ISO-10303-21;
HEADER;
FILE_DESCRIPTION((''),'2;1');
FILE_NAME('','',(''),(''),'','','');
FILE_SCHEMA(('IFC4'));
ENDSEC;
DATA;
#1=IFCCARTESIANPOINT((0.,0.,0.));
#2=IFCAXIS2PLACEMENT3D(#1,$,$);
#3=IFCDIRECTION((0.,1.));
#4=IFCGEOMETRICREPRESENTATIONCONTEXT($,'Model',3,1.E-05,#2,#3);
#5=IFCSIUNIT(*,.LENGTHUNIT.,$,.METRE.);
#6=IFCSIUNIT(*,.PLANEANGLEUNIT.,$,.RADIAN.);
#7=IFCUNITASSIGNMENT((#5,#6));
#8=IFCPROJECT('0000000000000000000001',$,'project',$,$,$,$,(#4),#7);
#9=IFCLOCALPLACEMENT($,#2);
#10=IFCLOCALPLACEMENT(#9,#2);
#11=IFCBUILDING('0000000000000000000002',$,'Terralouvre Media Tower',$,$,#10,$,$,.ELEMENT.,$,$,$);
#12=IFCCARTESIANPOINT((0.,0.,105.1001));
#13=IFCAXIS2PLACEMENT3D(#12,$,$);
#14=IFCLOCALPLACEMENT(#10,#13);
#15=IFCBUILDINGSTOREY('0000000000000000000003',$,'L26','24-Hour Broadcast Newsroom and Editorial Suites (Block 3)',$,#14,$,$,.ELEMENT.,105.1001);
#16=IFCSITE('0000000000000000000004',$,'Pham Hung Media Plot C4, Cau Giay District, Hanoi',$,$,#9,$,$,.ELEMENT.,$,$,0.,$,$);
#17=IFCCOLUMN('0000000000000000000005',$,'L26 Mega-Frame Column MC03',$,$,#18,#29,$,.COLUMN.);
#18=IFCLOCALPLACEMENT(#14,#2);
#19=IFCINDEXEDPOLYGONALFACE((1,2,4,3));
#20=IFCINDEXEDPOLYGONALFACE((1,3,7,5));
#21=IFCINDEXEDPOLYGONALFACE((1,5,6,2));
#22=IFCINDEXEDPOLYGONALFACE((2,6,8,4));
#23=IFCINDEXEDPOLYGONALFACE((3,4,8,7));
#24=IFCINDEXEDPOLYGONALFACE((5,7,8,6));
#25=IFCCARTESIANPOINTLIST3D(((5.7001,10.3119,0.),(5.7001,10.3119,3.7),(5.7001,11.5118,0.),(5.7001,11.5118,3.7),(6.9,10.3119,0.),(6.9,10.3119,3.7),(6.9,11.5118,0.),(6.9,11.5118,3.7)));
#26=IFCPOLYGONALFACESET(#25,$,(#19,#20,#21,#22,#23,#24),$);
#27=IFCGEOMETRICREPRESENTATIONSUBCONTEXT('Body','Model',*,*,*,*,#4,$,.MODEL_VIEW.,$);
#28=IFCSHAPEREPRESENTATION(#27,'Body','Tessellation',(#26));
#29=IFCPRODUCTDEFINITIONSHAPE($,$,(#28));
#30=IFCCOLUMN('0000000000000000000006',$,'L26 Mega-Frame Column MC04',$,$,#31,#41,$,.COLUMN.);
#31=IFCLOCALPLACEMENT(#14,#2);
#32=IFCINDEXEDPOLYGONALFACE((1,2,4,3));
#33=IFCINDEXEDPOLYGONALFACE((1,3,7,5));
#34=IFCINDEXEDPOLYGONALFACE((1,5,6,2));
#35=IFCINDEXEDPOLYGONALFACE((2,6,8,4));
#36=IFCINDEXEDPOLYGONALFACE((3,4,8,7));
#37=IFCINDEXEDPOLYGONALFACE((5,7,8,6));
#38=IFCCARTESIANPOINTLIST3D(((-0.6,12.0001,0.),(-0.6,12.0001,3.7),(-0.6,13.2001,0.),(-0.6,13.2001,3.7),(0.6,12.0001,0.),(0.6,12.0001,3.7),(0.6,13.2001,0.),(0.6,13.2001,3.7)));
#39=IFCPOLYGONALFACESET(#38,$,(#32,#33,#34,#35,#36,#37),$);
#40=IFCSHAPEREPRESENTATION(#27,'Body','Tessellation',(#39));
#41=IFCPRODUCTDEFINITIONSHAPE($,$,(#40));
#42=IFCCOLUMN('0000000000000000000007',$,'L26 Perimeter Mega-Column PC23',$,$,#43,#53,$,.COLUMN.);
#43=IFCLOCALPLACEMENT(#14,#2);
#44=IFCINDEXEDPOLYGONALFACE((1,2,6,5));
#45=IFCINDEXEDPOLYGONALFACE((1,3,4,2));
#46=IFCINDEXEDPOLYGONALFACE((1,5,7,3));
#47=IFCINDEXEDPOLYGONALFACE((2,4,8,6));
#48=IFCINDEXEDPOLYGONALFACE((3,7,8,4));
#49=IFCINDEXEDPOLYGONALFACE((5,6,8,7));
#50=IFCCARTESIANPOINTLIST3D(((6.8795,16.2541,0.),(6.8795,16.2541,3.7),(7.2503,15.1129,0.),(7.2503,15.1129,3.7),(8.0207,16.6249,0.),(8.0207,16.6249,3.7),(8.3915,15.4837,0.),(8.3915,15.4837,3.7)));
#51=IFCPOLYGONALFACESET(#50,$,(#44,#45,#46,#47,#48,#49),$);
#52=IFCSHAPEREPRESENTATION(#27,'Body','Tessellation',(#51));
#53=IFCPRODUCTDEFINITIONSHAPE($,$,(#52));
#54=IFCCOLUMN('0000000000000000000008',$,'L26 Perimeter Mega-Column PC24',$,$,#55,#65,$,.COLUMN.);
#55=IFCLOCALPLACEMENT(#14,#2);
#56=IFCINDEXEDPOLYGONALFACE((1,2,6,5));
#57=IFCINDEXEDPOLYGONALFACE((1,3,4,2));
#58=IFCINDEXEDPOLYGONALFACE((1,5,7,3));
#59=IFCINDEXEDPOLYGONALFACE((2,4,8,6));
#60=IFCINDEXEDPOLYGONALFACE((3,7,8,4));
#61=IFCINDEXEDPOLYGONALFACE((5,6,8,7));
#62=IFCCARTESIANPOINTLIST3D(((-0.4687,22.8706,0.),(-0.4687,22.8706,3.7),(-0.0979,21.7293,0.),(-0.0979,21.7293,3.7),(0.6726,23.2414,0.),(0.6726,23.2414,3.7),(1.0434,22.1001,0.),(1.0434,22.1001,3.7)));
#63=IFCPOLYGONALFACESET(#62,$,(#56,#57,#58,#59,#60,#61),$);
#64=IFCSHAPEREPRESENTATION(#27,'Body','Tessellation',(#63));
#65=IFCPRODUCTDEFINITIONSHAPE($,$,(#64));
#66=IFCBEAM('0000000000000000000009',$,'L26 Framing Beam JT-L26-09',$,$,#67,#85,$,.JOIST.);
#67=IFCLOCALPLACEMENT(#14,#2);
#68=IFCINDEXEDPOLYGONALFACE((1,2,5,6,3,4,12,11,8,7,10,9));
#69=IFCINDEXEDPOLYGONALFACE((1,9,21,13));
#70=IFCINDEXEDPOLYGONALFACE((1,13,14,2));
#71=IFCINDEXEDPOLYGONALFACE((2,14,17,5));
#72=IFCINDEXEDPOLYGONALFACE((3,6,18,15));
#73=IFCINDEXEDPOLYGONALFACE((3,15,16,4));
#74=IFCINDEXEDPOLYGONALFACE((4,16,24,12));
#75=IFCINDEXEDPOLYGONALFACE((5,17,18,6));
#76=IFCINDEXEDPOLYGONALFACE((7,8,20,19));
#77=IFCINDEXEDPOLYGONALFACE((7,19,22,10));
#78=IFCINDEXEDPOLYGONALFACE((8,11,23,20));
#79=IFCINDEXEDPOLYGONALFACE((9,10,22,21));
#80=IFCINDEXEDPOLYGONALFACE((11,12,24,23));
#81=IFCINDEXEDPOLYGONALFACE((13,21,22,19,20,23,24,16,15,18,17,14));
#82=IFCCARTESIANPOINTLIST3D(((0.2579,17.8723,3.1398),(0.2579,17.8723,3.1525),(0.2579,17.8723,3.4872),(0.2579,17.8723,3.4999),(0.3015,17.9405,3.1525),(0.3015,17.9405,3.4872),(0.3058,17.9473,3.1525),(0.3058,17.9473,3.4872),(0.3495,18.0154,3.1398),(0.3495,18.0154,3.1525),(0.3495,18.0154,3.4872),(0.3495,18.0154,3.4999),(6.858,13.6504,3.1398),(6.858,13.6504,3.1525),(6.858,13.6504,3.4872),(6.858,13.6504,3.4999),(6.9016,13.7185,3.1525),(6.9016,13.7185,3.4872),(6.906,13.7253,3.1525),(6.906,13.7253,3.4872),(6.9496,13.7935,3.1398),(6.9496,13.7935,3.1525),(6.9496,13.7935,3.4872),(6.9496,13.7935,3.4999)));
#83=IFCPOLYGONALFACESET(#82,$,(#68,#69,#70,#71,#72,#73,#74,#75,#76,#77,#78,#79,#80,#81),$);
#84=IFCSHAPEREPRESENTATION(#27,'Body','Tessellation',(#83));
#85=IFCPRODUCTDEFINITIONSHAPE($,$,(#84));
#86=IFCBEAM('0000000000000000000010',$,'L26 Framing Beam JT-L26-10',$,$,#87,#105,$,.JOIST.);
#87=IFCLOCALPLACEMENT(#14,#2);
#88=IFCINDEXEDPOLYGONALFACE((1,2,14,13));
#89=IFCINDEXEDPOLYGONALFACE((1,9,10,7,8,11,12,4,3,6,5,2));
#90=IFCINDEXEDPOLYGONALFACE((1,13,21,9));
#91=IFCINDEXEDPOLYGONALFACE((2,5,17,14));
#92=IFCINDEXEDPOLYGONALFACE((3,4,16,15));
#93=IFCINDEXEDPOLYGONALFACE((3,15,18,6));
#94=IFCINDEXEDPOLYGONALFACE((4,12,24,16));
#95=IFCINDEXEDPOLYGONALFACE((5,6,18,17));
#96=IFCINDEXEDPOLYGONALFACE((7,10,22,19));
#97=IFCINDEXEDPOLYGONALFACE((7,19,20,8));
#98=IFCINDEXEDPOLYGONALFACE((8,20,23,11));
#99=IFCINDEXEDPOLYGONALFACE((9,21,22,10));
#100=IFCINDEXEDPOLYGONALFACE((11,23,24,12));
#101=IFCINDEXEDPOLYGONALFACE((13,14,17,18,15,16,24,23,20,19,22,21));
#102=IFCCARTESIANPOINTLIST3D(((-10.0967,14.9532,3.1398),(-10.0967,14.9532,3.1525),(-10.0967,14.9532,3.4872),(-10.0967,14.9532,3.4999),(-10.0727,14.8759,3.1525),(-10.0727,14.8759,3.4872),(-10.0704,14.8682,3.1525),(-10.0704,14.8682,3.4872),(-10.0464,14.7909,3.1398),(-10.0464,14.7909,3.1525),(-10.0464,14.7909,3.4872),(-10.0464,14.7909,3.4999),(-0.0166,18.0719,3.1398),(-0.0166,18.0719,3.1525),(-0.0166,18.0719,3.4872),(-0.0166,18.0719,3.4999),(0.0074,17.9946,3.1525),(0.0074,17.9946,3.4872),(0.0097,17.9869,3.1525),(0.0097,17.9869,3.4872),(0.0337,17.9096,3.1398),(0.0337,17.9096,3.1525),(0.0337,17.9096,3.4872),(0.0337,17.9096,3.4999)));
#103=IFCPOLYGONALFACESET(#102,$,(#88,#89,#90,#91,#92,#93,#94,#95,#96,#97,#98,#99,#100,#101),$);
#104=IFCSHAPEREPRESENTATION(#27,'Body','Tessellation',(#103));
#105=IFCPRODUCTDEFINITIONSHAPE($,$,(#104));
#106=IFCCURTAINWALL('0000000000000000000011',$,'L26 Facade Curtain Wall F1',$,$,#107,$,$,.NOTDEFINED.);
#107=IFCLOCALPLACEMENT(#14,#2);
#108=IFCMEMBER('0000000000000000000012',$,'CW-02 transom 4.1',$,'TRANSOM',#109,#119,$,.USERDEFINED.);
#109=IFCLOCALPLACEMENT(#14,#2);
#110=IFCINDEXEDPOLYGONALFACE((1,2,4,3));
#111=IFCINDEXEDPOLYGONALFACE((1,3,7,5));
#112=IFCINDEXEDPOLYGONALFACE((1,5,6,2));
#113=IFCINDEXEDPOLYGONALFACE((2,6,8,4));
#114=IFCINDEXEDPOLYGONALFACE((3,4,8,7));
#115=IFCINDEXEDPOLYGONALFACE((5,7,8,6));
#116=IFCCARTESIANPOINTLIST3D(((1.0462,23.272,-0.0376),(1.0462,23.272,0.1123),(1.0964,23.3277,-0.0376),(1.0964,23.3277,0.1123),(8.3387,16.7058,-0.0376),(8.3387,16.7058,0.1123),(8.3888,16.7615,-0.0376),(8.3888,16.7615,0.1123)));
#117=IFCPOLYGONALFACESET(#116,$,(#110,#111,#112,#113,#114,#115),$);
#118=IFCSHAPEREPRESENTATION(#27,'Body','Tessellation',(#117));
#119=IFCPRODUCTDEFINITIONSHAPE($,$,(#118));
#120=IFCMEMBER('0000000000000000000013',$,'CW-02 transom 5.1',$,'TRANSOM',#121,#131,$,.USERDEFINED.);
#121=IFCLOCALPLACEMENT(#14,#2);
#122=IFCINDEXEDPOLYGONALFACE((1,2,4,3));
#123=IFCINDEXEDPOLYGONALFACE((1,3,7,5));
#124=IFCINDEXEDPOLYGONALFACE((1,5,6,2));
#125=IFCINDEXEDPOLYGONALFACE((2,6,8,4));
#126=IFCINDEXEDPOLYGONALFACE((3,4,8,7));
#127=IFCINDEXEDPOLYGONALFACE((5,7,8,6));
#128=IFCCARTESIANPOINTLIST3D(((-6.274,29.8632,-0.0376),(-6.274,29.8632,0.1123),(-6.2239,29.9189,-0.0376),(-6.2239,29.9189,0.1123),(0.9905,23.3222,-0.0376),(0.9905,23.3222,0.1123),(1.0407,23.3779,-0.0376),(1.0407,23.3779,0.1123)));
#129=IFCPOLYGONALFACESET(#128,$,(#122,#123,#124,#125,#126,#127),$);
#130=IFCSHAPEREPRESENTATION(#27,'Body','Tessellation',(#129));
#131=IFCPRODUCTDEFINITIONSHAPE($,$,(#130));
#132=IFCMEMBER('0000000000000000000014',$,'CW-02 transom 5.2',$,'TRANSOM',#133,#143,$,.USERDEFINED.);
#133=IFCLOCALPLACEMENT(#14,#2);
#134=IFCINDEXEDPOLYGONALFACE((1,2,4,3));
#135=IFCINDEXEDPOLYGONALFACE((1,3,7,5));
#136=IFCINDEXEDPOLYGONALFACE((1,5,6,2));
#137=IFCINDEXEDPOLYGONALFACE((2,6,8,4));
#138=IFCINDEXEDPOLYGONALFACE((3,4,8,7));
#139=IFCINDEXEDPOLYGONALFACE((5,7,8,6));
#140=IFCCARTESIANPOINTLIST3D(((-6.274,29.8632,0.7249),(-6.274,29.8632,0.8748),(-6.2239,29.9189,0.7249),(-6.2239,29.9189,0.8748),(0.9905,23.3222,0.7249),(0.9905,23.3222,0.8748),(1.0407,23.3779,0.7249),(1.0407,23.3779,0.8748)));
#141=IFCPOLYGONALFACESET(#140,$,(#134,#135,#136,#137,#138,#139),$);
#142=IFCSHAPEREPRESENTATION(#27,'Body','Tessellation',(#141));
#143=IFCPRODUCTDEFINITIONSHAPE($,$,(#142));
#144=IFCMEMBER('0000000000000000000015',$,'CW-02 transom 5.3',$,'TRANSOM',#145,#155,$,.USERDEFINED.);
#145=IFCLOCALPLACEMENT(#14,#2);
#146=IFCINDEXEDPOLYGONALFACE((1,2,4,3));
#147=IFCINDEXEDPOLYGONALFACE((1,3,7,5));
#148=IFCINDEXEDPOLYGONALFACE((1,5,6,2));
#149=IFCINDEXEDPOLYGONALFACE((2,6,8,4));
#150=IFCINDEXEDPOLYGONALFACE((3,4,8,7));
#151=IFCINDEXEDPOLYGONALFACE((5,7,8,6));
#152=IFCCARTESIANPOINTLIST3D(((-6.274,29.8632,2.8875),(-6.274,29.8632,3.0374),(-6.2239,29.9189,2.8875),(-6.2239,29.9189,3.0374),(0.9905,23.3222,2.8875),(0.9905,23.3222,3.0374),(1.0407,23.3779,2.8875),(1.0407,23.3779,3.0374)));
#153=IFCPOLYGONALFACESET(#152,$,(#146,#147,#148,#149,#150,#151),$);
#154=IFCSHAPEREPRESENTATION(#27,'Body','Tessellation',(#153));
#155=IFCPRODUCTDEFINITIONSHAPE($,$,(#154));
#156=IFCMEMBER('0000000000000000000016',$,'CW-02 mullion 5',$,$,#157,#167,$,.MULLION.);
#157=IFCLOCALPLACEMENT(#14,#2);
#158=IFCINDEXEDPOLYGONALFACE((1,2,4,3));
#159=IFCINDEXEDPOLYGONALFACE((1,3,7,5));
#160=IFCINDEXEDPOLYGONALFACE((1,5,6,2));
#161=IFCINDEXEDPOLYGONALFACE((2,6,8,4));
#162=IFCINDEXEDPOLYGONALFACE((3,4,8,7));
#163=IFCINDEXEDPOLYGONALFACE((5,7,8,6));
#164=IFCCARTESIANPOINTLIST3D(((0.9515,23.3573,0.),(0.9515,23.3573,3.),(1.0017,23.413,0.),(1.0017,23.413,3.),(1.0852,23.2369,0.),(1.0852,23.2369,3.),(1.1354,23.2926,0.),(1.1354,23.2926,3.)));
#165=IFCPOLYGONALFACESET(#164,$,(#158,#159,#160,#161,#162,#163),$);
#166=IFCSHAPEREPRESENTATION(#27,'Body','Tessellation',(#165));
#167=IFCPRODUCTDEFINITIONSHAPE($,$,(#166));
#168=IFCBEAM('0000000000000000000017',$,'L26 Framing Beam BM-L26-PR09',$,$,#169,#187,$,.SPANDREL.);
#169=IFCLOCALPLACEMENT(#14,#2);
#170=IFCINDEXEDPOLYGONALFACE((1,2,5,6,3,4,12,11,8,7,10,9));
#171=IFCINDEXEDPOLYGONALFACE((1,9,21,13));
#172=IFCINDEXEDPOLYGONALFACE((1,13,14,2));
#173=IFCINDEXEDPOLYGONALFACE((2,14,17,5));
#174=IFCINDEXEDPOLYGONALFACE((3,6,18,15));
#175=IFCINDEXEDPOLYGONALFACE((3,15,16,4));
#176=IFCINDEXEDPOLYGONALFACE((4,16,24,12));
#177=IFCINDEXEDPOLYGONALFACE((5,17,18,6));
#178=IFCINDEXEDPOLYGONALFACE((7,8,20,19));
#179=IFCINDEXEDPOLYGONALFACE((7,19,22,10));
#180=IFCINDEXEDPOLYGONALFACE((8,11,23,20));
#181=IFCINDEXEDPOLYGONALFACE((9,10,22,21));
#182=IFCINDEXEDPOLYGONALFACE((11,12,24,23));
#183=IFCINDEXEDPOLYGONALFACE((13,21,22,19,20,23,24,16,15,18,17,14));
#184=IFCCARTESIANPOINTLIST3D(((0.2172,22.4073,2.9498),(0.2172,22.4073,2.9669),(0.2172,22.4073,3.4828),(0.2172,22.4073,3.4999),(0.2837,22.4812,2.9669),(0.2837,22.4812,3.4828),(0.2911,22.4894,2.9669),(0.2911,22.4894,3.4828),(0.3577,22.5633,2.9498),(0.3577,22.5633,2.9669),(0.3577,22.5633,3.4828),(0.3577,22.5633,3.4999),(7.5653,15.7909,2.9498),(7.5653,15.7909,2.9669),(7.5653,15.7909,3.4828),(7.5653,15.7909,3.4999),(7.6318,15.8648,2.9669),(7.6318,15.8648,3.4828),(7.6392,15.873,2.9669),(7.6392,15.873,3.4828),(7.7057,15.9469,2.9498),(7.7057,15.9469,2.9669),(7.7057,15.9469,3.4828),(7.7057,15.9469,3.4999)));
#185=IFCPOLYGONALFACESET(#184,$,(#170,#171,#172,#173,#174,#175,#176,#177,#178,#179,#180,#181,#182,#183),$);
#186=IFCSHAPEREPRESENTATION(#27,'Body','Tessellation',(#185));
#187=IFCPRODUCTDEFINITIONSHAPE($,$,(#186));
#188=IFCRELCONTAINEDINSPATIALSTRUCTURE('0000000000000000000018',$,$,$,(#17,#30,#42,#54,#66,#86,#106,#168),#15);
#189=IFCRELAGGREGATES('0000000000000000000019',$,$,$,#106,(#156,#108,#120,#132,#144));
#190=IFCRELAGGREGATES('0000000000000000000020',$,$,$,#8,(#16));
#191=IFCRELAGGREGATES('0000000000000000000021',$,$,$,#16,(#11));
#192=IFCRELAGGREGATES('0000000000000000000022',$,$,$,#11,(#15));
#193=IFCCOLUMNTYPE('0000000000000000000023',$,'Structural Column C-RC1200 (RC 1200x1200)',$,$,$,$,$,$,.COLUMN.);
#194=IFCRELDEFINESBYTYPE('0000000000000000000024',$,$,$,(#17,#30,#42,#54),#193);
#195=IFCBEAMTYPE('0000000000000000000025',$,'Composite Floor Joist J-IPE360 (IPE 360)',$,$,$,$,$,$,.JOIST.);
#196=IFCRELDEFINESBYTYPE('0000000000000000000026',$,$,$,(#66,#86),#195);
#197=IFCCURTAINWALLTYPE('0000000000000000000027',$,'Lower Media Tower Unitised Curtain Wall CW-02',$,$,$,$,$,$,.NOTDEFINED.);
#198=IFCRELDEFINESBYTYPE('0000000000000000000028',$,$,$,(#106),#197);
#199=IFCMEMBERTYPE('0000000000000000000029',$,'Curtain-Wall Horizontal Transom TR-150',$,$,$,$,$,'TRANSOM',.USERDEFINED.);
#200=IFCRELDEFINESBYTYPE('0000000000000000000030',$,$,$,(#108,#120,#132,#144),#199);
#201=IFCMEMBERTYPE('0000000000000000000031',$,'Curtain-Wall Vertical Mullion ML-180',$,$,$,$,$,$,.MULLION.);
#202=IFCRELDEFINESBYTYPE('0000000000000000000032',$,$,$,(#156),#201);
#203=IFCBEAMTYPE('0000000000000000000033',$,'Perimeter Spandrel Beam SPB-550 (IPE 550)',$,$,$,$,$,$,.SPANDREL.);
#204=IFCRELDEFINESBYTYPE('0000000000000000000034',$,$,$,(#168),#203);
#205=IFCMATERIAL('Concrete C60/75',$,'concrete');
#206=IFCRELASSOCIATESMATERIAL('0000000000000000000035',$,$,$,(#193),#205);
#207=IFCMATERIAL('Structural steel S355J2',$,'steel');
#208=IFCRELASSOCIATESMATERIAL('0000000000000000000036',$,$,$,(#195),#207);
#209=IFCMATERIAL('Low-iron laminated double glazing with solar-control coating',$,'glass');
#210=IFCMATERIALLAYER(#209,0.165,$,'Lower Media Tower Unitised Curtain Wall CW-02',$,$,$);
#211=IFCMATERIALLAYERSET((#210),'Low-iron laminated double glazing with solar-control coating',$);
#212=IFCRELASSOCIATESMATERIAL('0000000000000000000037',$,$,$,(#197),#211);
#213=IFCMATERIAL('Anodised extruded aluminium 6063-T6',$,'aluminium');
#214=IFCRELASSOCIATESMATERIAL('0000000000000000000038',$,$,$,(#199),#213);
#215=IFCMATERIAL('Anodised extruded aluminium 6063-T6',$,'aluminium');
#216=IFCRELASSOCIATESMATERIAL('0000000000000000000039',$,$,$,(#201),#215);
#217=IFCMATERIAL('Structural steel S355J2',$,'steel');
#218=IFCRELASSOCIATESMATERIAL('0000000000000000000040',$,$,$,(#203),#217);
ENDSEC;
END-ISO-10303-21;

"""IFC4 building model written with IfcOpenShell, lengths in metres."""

from ifc_helpers import new_model, si_unit, direction, frame, origin, origin_2d, place, context, subcontext, project, spatial, rectangle, i_section, extrude, material, layer, layer_set, material_profile, profile_set, type_object, element, aggregate, save


model = new_model("IFC4")

# Units and contexts
model_context = context("Model", 3, precision=1e-05, world=origin(), true_north=direction((0.0, 1.0)))
body_context = subcontext(model_context, "Body", "Model", "MODEL_VIEW")
ifc_project = project(units=[si_unit("LENGTHUNIT", "METRE"), si_unit("PLANEANGLEUNIT", "RADIAN")], contexts=[model_context])

# Site, building, storey
site_placement = place(None, origin())
site = spatial("IfcSite", under=ifc_project, at=site_placement, Name="Pham Hung Media Plot C4, Cau Giay District, Hanoi", CompositionType="ELEMENT", RefElevation=0.0)
building_placement = place(site_placement, origin())
building = spatial("IfcBuilding", under=site, at=building_placement, Name="Terralouvre Media Tower", CompositionType="ELEMENT")
storey_placement = place(building_placement, frame((0.0, 0.0, 105.1001)))
storey = spatial("IfcBuildingStorey", under=building, at=storey_placement, Name="L26", Description="24-Hour Broadcast Newsroom and Editorial Suites (Block 3)", CompositionType="ELEMENT", Elevation=105.1001)

# Columns
ifc_material_1 = material(Name="Concrete C60/75", Category="concrete")
ifc_material_profile_1 = material_profile(ifc_material_1, rectangle(XDim=1.2, YDim=1.2, at=origin_2d()), Name="RC 1200x1200")
ifc_profile_set_1 = profile_set([ifc_material_profile_1], Name="Concrete C60/75")
column_type = type_object("IfcColumnType", Name="Structural Column C-RC1200 (RC 1200x1200)", PredefinedType="COLUMN", material=ifc_profile_set_1)
for number, where, z_axis, x_axis, name in (
    (1, (6.3, 10.9119, 0.0), (0.0, 0.0, 1.0), (1.0, 0.0, 0.0), "L26 Mega-Frame Column MC03"),
    (2, (0.0, 12.6001, 0.0), (0.0, 0.0, 1.0), (1.0, 0.0, 0.0), "L26 Mega-Frame Column MC04"),
    (3, (7.6355, 15.8689, 0.0), (0.0, 0.0, 1.0), (0.951057, 0.309017, 0.0), "L26 Perimeter Mega-Column PC23"),
    (4, (0.2874, 22.4854, 0.0), (0.0, 0.0, 1.0), (0.951057, 0.309017, 0.0), "L26 Perimeter Mega-Column PC24"),
):
    element("IfcColumn", number, at=place(storey_placement, frame(where, z_axis=z_axis, x_axis=x_axis)), inside=storey, type_object=column_type, Name=name, PredefinedType="COLUMN", context=body_context, shape_type="SweptSolid", body=[
        extrude(rectangle(XDim=1.2, YDim=1.2, at=origin_2d()), origin(), (0.0, 0.0, 1.0), 3.7),
    ])

# Beams
ifc_material_2 = material(Name="Structural steel S355J2", Category="steel")
ifc_material_profile_2 = material_profile(ifc_material_2, i_section(OverallWidth=0.1699, OverallDepth=0.3601, WebThickness=0.0081, FlangeThickness=0.0127, at=origin_2d()), Name="IPE 360")
ifc_profile_set_2 = profile_set([ifc_material_profile_2], Name="Structural steel S355J2")
beam_type_1 = type_object("IfcBeamType", Name="Composite Floor Joist J-IPE360 (IPE 360)", PredefinedType="JOIST", material=ifc_profile_set_2)
beam_1_placement = place(storey_placement, frame((6.9038, 13.7219, 3.3198), z_axis=(-0.842395, 0.53886, 0.0), x_axis=(-0.53886, -0.842395, 0.0)))
element("IfcBeam", 5, at=beam_1_placement, inside=storey, type_object=beam_type_1, Name="L26 Framing Beam JT-L26-09", PredefinedType="JOIST", context=body_context, shape_type="SweptSolid", body=[
    extrude(i_section(OverallWidth=0.1699, OverallDepth=0.3601, WebThickness=0.0081, FlangeThickness=0.0127, at=origin_2d()), origin(), (0.0, 0.0, 1.0), 7.835),
])
beam_2_placement = place(storey_placement, frame((0.0085, 17.9907, 3.3198), z_axis=(-0.955323, -0.295565, 0.0), x_axis=(0.295565, -0.955323, 0.0)))
element("IfcBeam", 6, at=beam_2_placement, inside=storey, type_object=beam_type_1, Name="L26 Framing Beam JT-L26-10", PredefinedType="JOIST", context=body_context, shape_type="SweptSolid", body=[
    extrude(i_section(OverallWidth=0.1699, OverallDepth=0.3601, WebThickness=0.0081, FlangeThickness=0.0127, at=origin_2d()), origin(), (0.0, 0.0, 1.0), 10.5515),
])

# Curtain wall, members
ifc_material_3 = material(Name="Low-iron laminated double glazing with solar-control coating", Category="glass")
ifc_layer_1 = layer(ifc_material_3, 0.165, Name="Lower Media Tower Unitised Curtain Wall CW-02")
ifc_layer_set_1 = layer_set([ifc_layer_1], Name="Low-iron laminated double glazing with solar-control coating")
curtain_wall_type = type_object("IfcCurtainWallType", Name="Lower Media Tower Unitised Curtain Wall CW-02", PredefinedType="NOTDEFINED", material=ifc_layer_set_1)
curtain_wall_placement = place(storey_placement, origin())
curtain_wall = element("IfcCurtainWall", 7, at=curtain_wall_placement, inside=storey, type_object=curtain_wall_type, Name="L26 Facade Curtain Wall F1", PredefinedType="NOTDEFINED")
ifc_material_4 = material(Name="Anodised extruded aluminium 6063-T6", Category="aluminium")
ifc_material_profile_3 = material_profile(ifc_material_4, rectangle(XDim=0.075, YDim=0.1499, at=origin_2d()), Name="ALU 75x150")
ifc_profile_set_3 = profile_set([ifc_material_profile_3], Name="Anodised extruded aluminium 6063-T6")
member_type_1 = type_object("IfcMemberType", Name="Curtain-Wall Horizontal Transom TR-150", ElementType="TRANSOM", PredefinedType="USERDEFINED", material=ifc_profile_set_3)
member_1_placement = place(storey_placement, frame((8.3638, 16.7336, 0.0374), z_axis=(-0.743146, 0.66913, 0.0), x_axis=(-0.66913, -0.743146, 0.0)))
member_1 = element("IfcMember", 8, at=member_1_placement, type_object=member_type_1, Name="CW-02 transom 4.1", ObjectType="TRANSOM", PredefinedType="USERDEFINED", context=body_context, shape_type="SweptSolid", body=[
    extrude(rectangle(XDim=0.075, YDim=0.1499, at=origin_2d()), origin(), (0.0, 0.0, 1.0), 9.813),
])
member_2_placement = place(storey_placement, frame((1.0156, 23.3501, 0.0374), z_axis=(-0.74315, 0.669125, 0.0), x_axis=(-0.669125, -0.74315, 0.0)))
member_2 = element("IfcMember", 9, at=member_2_placement, type_object=member_type_1, Name="CW-02 transom 5.1", ObjectType="TRANSOM", PredefinedType="USERDEFINED", context=body_context, shape_type="SweptSolid", body=[
    extrude(rectangle(XDim=0.075, YDim=0.1499, at=origin_2d()), origin(), (0.0, 0.0, 1.0), 9.7754),
])
member_3_placement = place(storey_placement, frame((1.0156, 23.3501, 0.7998), z_axis=(-0.74315, 0.669125, 0.0), x_axis=(-0.669125, -0.74315, 0.0)))
member_3 = element("IfcMember", 10, at=member_3_placement, type_object=member_type_1, Name="CW-02 transom 5.2", ObjectType="TRANSOM", PredefinedType="USERDEFINED", context=body_context, shape_type="SweptSolid", body=[
    extrude(rectangle(XDim=0.075, YDim=0.1499, at=origin_2d()), origin(), (0.0, 0.0, 1.0), 9.7754),
])
member_4_placement = place(storey_placement, frame((1.0156, 23.3501, 2.9624), z_axis=(-0.74315, 0.669125, 0.0), x_axis=(-0.669125, -0.74315, 0.0)))
member_4 = element("IfcMember", 11, at=member_4_placement, type_object=member_type_1, Name="CW-02 transom 5.3", ObjectType="TRANSOM", PredefinedType="USERDEFINED", context=body_context, shape_type="SweptSolid", body=[
    extrude(rectangle(XDim=0.075, YDim=0.1499, at=origin_2d()), origin(), (0.0, 0.0, 1.0), 9.7754),
])
ifc_material_5 = material(Name="Anodised extruded aluminium 6063-T6", Category="aluminium")
ifc_material_profile_4 = material_profile(ifc_material_5, rectangle(XDim=0.075, YDim=0.1799, at=origin_2d()), Name="ALU 75x180")
ifc_profile_set_4 = profile_set([ifc_material_profile_4], Name="Anodised extruded aluminium 6063-T6")
member_type_2 = type_object("IfcMemberType", Name="Curtain-Wall Vertical Mullion ML-180", PredefinedType="MULLION", material=ifc_profile_set_4)
member_5_placement = place(storey_placement, frame((1.0435, 23.325, 0.0), z_axis=(0.0, 0.0, 1.0), x_axis=(-0.669131, -0.743145, 0.0)))
member_5 = element("IfcMember", 12, at=member_5_placement, type_object=member_type_2, Name="CW-02 mullion 5", PredefinedType="MULLION", context=body_context, shape_type="SweptSolid", body=[
    extrude(rectangle(XDim=0.075, YDim=0.1799, at=origin_2d()), origin(), (0.0, 0.0, 1.0), 3.0),
])

# Beam
ifc_material_6 = material(Name="Structural steel S355J2", Category="steel")
ifc_material_profile_5 = material_profile(ifc_material_6, i_section(OverallWidth=0.21, OverallDepth=0.55, WebThickness=0.011, FlangeThickness=0.0171, at=origin_2d()), Name="IPE 550")
ifc_profile_set_5 = profile_set([ifc_material_profile_5], Name="Structural steel S355J2")
beam_type_2 = type_object("IfcBeamType", Name="Perimeter Spandrel Beam SPB-550 (IPE 550)", PredefinedType="SPANDREL", material=ifc_profile_set_5)
beam_3_placement = place(storey_placement, frame((7.6355, 15.8689, 3.2249), z_axis=(-0.743137, 0.669139, 0.0), x_axis=(-0.669139, -0.743137, 0.0)))
element("IfcBeam", 13, at=beam_3_placement, inside=storey, type_object=beam_type_2, Name="L26 Framing Beam BM-L26-PR09", PredefinedType="SPANDREL", context=body_context, shape_type="SweptSolid", body=[
    extrude(i_section(OverallWidth=0.21, OverallDepth=0.55, WebThickness=0.011, FlangeThickness=0.0171, at=origin_2d()), origin(), (0.0, 0.0, 1.0), 9.8879),
])

aggregate(curtain_wall, [member_5, member_1, member_2, member_3, member_4])

save(model, "model.ifc")
